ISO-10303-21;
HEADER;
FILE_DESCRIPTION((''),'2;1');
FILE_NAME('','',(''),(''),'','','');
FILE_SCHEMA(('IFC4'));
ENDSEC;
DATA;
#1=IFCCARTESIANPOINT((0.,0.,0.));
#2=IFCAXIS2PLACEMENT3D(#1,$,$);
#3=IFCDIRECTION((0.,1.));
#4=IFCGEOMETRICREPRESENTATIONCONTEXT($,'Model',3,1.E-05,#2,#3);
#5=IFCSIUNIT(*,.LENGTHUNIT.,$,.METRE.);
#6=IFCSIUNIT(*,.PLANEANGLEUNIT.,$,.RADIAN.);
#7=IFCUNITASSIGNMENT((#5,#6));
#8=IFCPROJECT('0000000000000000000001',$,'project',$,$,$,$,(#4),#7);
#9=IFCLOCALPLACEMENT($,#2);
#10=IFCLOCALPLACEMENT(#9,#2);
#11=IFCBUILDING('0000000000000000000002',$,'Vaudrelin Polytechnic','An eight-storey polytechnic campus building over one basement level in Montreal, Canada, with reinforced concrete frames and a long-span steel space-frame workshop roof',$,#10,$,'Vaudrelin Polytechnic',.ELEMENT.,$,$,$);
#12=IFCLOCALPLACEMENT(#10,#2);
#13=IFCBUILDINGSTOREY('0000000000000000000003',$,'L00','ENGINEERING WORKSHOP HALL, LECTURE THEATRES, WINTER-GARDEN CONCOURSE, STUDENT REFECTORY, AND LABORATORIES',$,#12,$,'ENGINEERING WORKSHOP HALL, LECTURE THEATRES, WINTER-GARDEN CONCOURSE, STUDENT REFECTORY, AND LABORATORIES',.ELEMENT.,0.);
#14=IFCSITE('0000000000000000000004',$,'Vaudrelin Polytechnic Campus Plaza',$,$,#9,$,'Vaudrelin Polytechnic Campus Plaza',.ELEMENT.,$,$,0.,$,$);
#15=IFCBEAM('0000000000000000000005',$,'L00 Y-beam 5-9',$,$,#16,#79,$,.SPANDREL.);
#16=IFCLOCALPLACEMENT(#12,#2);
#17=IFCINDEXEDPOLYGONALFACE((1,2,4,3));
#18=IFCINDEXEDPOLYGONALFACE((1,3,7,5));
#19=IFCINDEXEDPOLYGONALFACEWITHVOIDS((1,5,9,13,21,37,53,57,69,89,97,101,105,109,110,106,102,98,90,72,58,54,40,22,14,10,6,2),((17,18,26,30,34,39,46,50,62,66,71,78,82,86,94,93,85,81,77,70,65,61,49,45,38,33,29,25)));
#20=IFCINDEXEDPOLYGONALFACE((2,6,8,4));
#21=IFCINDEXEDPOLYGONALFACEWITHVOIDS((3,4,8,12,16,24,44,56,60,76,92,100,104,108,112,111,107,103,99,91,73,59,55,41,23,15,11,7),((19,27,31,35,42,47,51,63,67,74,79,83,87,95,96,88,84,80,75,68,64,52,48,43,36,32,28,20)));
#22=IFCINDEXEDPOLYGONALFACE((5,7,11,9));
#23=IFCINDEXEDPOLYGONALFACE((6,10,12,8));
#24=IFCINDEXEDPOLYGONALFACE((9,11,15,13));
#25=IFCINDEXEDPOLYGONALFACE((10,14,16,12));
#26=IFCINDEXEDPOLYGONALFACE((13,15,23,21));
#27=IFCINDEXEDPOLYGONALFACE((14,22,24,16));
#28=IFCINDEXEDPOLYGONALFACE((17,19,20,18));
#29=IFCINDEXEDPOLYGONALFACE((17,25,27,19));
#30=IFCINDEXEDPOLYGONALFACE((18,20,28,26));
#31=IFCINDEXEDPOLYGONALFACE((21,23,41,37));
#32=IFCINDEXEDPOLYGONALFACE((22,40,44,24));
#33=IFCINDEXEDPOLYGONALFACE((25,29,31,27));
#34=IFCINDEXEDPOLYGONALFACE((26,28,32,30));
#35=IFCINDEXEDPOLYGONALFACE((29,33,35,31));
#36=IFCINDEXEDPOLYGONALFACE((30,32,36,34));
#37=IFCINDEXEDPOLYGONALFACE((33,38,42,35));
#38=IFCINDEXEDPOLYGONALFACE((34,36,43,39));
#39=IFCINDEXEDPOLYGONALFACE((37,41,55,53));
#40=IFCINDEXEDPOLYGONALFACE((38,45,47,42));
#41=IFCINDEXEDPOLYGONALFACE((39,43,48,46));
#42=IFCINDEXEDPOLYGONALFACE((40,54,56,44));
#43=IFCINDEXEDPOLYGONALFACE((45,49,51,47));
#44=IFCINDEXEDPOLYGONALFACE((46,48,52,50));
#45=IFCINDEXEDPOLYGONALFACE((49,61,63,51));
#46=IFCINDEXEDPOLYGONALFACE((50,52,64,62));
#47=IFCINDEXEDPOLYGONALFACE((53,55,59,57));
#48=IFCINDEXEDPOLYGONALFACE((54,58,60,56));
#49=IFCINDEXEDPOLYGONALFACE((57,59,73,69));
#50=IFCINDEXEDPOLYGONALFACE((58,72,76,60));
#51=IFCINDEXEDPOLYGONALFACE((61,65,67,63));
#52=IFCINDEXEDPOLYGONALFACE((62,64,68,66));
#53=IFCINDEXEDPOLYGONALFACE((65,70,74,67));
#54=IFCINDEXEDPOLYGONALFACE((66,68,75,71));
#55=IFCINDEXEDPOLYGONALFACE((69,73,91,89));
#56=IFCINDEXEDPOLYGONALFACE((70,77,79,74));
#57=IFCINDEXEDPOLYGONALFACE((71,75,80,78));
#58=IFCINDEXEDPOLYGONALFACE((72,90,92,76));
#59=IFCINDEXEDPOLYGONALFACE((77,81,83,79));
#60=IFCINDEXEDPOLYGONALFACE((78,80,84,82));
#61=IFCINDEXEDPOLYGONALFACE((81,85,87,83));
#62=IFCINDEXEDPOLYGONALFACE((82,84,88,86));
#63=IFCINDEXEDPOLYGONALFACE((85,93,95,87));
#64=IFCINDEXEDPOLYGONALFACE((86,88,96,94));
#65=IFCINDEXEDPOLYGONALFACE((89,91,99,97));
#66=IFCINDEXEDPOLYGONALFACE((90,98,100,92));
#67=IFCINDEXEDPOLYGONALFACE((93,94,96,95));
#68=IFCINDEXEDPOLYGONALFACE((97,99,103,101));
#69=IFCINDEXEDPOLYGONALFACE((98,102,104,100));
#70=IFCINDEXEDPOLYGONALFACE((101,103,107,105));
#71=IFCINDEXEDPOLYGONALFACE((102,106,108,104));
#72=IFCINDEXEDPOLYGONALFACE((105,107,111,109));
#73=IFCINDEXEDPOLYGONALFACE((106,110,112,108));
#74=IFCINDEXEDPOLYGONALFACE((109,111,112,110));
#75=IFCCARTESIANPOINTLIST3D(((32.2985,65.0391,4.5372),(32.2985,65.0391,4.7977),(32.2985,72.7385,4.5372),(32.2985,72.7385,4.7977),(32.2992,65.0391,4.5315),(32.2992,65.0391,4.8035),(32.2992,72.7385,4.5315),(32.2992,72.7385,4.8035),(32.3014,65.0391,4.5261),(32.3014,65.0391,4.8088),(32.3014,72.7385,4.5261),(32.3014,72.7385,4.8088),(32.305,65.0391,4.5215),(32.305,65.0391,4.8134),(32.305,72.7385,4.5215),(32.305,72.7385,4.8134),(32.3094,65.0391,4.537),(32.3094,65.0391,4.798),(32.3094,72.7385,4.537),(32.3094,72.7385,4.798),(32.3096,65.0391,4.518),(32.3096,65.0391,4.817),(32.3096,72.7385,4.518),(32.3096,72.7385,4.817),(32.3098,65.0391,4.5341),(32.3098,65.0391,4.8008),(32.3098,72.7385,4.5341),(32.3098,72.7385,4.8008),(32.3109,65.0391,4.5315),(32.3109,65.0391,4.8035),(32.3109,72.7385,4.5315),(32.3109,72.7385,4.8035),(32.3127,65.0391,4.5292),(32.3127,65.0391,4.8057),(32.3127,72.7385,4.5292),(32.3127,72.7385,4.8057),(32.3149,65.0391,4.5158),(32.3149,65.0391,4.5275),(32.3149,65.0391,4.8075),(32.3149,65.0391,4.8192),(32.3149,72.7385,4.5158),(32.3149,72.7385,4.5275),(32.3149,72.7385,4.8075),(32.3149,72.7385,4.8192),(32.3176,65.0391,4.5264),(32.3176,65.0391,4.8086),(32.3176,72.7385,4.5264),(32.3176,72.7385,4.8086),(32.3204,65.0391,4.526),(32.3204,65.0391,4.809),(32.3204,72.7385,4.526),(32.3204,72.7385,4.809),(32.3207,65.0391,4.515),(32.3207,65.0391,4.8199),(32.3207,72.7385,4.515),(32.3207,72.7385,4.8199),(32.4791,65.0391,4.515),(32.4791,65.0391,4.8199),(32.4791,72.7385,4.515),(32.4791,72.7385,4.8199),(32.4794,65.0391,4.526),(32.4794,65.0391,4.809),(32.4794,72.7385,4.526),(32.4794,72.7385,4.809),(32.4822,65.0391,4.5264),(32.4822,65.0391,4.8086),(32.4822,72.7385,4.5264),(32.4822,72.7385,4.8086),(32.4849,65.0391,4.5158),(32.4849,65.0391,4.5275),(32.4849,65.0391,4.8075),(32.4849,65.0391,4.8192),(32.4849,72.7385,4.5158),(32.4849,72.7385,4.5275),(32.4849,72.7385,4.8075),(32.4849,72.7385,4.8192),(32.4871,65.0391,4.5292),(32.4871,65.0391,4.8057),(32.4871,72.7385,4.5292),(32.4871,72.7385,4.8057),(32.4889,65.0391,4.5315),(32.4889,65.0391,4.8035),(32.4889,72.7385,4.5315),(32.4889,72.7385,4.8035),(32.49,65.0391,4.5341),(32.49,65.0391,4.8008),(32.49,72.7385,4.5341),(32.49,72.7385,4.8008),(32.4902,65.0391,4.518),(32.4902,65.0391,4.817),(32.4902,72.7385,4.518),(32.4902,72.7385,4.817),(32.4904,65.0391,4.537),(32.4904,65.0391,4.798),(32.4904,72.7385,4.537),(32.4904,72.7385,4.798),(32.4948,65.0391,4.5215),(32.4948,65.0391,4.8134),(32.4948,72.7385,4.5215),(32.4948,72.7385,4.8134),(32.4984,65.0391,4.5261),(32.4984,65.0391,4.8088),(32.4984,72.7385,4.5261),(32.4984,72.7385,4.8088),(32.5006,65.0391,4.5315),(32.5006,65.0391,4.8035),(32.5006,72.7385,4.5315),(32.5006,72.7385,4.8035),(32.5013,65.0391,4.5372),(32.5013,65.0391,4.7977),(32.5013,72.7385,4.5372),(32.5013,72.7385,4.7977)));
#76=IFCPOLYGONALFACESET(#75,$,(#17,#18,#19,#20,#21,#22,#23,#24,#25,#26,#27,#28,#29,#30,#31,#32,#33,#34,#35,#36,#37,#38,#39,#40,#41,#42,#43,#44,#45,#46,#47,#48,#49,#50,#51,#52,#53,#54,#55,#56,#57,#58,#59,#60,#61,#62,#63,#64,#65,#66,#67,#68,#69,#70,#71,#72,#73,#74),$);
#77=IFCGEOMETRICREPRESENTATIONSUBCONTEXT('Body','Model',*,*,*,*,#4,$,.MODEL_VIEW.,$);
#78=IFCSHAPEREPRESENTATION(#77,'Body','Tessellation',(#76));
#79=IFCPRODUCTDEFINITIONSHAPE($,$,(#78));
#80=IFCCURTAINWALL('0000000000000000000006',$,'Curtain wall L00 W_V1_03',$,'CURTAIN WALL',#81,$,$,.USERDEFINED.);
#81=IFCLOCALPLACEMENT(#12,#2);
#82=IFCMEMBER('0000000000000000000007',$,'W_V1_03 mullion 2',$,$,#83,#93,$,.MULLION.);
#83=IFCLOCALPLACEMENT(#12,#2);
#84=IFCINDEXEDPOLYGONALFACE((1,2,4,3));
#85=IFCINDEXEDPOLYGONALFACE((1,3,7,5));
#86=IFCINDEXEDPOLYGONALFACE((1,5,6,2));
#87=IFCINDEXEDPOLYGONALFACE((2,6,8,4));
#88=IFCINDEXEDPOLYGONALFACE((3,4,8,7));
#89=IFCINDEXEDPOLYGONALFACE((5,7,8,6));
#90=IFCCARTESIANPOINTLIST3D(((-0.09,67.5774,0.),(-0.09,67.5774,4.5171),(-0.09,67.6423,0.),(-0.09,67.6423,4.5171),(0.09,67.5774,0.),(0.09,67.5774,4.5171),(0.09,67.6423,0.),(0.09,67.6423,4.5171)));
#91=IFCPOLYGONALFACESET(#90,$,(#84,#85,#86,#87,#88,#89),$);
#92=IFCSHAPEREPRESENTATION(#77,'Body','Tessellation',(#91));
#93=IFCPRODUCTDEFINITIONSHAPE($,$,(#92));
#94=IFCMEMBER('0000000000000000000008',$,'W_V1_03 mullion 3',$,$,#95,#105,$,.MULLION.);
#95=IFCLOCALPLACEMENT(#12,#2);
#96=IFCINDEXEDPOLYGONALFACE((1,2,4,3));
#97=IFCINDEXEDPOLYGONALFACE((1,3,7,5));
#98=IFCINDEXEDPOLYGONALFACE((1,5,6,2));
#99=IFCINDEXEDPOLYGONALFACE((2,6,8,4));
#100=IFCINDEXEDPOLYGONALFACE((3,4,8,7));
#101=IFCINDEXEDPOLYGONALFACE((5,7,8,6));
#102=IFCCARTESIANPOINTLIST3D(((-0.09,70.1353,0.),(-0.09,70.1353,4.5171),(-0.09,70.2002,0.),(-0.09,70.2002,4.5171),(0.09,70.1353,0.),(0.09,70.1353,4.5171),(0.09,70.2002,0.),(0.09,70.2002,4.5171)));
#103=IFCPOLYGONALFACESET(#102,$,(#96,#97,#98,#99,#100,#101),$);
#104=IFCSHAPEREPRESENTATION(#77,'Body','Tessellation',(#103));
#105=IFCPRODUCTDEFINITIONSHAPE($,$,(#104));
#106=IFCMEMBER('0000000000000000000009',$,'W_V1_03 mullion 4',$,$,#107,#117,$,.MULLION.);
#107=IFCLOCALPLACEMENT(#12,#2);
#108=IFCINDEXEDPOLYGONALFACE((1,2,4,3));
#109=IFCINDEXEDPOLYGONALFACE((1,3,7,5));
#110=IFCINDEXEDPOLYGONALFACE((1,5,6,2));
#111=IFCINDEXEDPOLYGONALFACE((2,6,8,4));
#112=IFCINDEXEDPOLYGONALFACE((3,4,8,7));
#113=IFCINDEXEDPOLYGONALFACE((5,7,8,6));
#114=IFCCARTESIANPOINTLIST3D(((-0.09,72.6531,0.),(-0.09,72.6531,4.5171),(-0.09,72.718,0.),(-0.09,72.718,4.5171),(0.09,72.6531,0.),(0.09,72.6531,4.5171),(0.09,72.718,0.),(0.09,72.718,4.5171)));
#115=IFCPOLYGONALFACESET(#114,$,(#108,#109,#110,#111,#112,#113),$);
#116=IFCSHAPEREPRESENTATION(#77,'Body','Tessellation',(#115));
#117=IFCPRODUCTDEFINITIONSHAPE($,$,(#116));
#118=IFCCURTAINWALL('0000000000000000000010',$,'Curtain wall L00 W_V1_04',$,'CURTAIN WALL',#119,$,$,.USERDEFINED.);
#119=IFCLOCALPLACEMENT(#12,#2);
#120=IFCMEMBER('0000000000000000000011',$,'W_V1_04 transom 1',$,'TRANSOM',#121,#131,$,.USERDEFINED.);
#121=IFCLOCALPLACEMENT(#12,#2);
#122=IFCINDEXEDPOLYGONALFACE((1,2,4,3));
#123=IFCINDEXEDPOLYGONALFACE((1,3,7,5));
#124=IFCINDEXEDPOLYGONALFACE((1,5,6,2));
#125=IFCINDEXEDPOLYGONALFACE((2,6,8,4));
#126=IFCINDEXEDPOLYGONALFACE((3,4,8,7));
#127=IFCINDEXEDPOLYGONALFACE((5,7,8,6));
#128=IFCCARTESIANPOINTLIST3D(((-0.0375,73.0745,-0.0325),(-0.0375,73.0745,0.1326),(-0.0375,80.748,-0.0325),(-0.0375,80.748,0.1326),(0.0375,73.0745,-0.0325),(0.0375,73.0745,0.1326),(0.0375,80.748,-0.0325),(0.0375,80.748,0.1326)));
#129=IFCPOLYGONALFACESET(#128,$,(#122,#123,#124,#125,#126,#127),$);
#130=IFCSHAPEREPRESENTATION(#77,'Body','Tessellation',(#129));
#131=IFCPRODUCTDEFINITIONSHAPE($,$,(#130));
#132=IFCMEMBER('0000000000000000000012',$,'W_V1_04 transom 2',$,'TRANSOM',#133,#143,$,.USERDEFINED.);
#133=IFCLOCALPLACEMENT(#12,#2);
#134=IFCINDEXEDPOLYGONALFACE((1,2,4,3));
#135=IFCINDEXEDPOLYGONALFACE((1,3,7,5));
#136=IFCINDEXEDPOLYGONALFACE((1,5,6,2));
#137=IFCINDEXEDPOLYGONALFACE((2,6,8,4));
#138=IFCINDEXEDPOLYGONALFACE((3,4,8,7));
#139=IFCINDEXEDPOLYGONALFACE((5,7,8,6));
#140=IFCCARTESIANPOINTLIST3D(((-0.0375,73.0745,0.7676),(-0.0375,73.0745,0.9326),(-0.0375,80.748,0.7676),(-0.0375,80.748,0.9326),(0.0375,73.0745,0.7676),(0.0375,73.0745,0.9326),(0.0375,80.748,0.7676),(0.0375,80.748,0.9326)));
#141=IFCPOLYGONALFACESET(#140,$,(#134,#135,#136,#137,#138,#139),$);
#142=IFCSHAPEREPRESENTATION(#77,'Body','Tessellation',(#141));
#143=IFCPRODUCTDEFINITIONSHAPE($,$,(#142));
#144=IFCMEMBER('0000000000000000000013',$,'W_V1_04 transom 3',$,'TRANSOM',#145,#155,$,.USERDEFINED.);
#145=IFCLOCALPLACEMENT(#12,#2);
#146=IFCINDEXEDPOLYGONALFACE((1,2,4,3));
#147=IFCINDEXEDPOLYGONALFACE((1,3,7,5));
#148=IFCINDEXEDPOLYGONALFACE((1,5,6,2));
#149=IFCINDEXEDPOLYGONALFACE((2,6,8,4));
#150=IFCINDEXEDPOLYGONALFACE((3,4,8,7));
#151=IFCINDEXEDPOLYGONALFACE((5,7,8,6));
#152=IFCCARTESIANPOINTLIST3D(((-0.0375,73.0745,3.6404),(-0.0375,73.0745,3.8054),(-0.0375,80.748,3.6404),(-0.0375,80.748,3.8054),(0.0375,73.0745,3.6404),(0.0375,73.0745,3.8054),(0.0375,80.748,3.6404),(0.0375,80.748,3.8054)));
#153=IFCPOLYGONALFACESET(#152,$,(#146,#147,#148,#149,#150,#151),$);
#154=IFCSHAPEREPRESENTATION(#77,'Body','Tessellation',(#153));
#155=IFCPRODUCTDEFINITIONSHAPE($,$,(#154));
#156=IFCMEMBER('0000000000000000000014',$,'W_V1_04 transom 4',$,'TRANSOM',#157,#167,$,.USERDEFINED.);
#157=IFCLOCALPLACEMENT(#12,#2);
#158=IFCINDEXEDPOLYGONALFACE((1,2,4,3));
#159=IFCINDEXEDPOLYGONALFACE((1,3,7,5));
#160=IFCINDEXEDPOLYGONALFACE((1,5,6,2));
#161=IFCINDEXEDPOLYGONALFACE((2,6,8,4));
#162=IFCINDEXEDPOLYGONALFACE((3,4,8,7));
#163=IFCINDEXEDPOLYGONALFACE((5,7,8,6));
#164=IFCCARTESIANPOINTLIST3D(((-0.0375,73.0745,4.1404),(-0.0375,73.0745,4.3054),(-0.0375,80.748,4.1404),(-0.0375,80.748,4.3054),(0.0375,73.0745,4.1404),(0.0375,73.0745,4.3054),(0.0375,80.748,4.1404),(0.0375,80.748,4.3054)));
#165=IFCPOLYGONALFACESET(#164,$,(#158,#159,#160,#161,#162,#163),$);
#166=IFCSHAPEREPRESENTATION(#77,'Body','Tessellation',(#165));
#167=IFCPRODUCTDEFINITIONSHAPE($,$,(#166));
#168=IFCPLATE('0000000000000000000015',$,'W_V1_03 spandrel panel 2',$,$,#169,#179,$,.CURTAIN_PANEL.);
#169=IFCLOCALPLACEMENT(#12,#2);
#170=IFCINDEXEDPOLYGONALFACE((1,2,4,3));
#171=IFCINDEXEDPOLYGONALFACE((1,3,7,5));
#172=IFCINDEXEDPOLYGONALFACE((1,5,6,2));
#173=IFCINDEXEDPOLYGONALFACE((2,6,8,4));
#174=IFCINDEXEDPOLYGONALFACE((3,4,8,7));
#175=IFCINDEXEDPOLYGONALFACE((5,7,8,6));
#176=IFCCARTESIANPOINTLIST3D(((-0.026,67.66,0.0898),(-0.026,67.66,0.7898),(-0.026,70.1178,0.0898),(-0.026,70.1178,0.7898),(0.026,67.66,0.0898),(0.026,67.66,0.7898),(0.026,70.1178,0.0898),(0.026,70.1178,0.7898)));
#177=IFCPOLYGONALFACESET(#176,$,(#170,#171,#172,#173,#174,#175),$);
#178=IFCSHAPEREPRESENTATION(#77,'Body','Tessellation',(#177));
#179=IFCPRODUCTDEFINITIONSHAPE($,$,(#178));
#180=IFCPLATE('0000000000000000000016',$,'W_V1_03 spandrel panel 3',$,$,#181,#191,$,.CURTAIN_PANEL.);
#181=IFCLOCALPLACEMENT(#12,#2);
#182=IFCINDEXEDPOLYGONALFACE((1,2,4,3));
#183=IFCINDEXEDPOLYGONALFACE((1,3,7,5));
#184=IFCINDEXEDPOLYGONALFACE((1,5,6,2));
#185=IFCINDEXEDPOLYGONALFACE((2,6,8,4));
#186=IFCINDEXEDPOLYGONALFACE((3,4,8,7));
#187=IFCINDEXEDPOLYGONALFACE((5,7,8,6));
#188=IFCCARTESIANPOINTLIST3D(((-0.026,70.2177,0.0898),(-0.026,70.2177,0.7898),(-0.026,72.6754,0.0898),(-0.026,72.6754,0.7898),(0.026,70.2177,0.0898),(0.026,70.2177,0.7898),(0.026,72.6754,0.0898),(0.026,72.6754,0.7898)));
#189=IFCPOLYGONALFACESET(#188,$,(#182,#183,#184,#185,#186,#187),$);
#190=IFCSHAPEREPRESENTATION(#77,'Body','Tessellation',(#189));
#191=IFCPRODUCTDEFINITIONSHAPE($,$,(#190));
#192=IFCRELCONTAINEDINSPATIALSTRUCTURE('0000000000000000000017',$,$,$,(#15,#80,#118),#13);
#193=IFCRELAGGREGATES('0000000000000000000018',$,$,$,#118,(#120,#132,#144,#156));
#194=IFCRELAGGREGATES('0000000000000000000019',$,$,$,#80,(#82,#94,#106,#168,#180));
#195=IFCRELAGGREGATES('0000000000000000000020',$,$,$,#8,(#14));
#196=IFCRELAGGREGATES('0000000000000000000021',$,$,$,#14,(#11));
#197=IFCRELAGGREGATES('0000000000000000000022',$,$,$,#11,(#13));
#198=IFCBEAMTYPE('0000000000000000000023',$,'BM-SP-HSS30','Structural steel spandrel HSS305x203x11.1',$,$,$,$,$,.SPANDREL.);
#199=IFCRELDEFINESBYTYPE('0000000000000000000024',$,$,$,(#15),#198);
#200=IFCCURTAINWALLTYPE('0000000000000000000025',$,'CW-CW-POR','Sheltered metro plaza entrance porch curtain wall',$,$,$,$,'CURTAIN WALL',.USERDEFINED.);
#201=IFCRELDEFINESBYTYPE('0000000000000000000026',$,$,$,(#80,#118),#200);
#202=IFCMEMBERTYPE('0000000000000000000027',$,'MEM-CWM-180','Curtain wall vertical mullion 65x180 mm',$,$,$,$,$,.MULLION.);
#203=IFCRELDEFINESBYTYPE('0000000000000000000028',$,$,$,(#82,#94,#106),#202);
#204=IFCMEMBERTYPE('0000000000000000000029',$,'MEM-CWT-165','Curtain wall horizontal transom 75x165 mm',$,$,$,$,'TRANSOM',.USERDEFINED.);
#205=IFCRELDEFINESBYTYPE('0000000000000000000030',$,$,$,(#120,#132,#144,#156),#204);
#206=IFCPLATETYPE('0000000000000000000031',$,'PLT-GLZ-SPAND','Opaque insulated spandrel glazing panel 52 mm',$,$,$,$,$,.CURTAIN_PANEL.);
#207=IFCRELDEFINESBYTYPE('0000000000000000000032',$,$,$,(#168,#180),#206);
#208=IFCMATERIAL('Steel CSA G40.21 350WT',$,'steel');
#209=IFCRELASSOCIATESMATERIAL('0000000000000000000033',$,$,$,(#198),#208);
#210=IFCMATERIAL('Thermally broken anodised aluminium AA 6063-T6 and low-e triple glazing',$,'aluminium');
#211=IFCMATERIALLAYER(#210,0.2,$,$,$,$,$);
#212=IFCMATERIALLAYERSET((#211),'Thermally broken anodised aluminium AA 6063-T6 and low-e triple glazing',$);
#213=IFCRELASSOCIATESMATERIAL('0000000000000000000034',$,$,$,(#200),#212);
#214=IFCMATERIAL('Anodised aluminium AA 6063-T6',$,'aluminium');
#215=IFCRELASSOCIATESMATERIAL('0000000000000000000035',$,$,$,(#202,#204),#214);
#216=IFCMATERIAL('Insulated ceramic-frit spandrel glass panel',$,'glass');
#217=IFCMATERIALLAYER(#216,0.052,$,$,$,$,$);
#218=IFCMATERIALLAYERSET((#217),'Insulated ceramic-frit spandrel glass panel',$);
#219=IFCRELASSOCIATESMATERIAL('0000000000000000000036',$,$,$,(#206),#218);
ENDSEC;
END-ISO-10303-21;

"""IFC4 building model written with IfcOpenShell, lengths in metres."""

from ifc_helpers import new_model, si_unit, direction, frame, origin, origin_2d, place, context, subcontext, project, spatial, rectangle, hollow_rectangle, extrude, material, layer, layer_set, material_profile, profile_set, type_object, element, aggregate, save


model = new_model("IFC4")

# Units and contexts
model_context = context("Model", 3, precision=1e-05, world=origin(), true_north=direction((0.0, 1.0)))
body_context = subcontext(model_context, "Body", "Model", "MODEL_VIEW")
ifc_project = project(units=[si_unit("LENGTHUNIT", "METRE"), si_unit("PLANEANGLEUNIT", "RADIAN")], contexts=[model_context])

# Site, building, storey
site_placement = place(None, origin())
site = spatial("IfcSite", under=ifc_project, at=site_placement, Name="Vaudrelin Polytechnic Campus Plaza", LongName="Vaudrelin Polytechnic Campus Plaza", CompositionType="ELEMENT", RefElevation=0.0)
building_placement = place(site_placement, origin())
building = spatial("IfcBuilding", under=site, at=building_placement, Name="Vaudrelin Polytechnic", Description="An eight-storey polytechnic campus building over one basement level in Montreal, Canada, with reinforced concrete frames and a long-span steel space-frame workshop roof", LongName="Vaudrelin Polytechnic", CompositionType="ELEMENT")
storey_placement = place(building_placement, origin())
storey = spatial("IfcBuildingStorey", under=building, at=storey_placement, Name="L00", Description="ENGINEERING WORKSHOP HALL, LECTURE THEATRES, WINTER-GARDEN CONCOURSE, STUDENT REFECTORY, AND LABORATORIES", LongName="ENGINEERING WORKSHOP HALL, LECTURE THEATRES, WINTER-GARDEN CONCOURSE, STUDENT REFECTORY, AND LABORATORIES", CompositionType="ELEMENT", Elevation=0.0)

# Shared definitions
ifc_material_1 = material(Name="Steel CSA G40.21 350WT", Category="steel")

# Beam
ifc_material_profile_1 = material_profile(ifc_material_1, hollow_rectangle(XDim=0.2029, YDim=0.3049, WallThickness=0.011, InnerFilletRadius=0.011, OuterFilletRadius=0.0222, at=origin_2d()), Name="HSS305x203x11.1")
ifc_profile_set_1 = profile_set([ifc_material_profile_1], Name="Steel CSA G40.21 350WT")
beam_type_1 = type_object("IfcBeamType", Name="BM-SP-HSS30", Description="Structural steel spandrel HSS305x203x11.1", PredefinedType="SPANDREL", material=ifc_profile_set_1)
beam_1_placement = place(storey_placement, frame((32.3999, 65.0391, 4.6675), z_axis=(0.0, 1.0, 0.0), x_axis=(-1.0, 0.0, 0.0)))
element("IfcBeam", 1, at=beam_1_placement, inside=storey, type_object=beam_type_1, Name="L00 Y-beam 5-9", PredefinedType="SPANDREL", context=body_context, shape_type="SweptSolid", body=[
    extrude(hollow_rectangle(XDim=0.2029, YDim=0.3049, WallThickness=0.011, InnerFilletRadius=0.011, OuterFilletRadius=0.0222, at=origin_2d()), origin(), (0.0, 0.0, 1.0), 7.6995),
])

# Curtain walls, members
ifc_material_2 = material(Name="Thermally broken anodised aluminium AA 6063-T6 and low-e triple glazing", Category="aluminium")
ifc_layer_1 = layer(ifc_material_2, 0.2)
ifc_layer_set_1 = layer_set([ifc_layer_1], Name="Thermally broken anodised aluminium AA 6063-T6 and low-e triple glazing")
curtain_wall_type = type_object("IfcCurtainWallType", Name="CW-CW-POR", Description="Sheltered metro plaza entrance porch curtain wall", ElementType="CURTAIN WALL", PredefinedType="USERDEFINED", material=ifc_layer_set_1)
curtain_wall_1_placement = place(storey_placement, origin())
curtain_wall_1 = element("IfcCurtainWall", 2, at=curtain_wall_1_placement, inside=storey, type_object=curtain_wall_type, Name="Curtain wall L00 W_V1_03", ObjectType="CURTAIN WALL", PredefinedType="USERDEFINED")
ifc_material_3 = material(Name="Anodised aluminium AA 6063-T6", Category="aluminium")
ifc_material_profile_2 = material_profile(ifc_material_3, rectangle(XDim=0.0649, YDim=0.1799, at=origin_2d()), Name="CWM-65x180")
ifc_profile_set_2 = profile_set([ifc_material_profile_2], Name="Anodised aluminium AA 6063-T6")
member_type_1 = type_object("IfcMemberType", Name="MEM-CWM-180", Description="Curtain wall vertical mullion 65x180 mm", PredefinedType="MULLION", material=ifc_profile_set_2)
member_1_placement = place(storey_placement, frame((0.0, 67.6099, 0.0), z_axis=(0.0, 0.0, 1.0), x_axis=(0.0, 1.0, 0.0)))
member_1 = element("IfcMember", 3, at=member_1_placement, type_object=member_type_1, Name="W_V1_03 mullion 2", PredefinedType="MULLION", context=body_context, shape_type="SweptSolid", body=[
    extrude(rectangle(XDim=0.0649, YDim=0.1799, at=origin_2d()), origin(), (0.0, 0.0, 1.0), 4.5171),
])
member_2_placement = place(storey_placement, frame((0.0, 70.1677, 0.0), z_axis=(0.0, 0.0, 1.0), x_axis=(0.0, 1.0, 0.0)))
member_2 = element("IfcMember", 4, at=member_2_placement, type_object=member_type_1, Name="W_V1_03 mullion 3", PredefinedType="MULLION", context=body_context, shape_type="SweptSolid", body=[
    extrude(rectangle(XDim=0.0649, YDim=0.1799, at=origin_2d()), origin(), (0.0, 0.0, 1.0), 4.5171),
])
member_3_placement = place(storey_placement, frame((0.0, 72.6855, 0.0), z_axis=(0.0, 0.0, 1.0), x_axis=(0.0, 1.0, 0.0)))
member_3 = element("IfcMember", 5, at=member_3_placement, type_object=member_type_1, Name="W_V1_03 mullion 4", PredefinedType="MULLION", context=body_context, shape_type="SweptSolid", body=[
    extrude(rectangle(XDim=0.0649, YDim=0.1799, at=origin_2d()), origin(), (0.0, 0.0, 1.0), 4.5171),
])
curtain_wall_2_placement = place(storey_placement, origin())
curtain_wall_2 = element("IfcCurtainWall", 6, at=curtain_wall_2_placement, inside=storey, type_object=curtain_wall_type, Name="Curtain wall L00 W_V1_04", ObjectType="CURTAIN WALL", PredefinedType="USERDEFINED")
ifc_material_profile_3 = material_profile(ifc_material_3, rectangle(XDim=0.075, YDim=0.165, at=origin_2d()), Name="CWT-75x165")
ifc_profile_set_3 = profile_set([ifc_material_profile_3], Name="Anodised aluminium AA 6063-T6")
member_type_2 = type_object("IfcMemberType", Name="MEM-CWT-165", Description="Curtain wall horizontal transom 75x165 mm", ElementType="TRANSOM", PredefinedType="USERDEFINED", material=ifc_profile_set_3)
member_4_placement = place(storey_placement, frame((0.0, 73.0745, 0.05), z_axis=(0.0, 1.0, 0.0), x_axis=(-1.0, 0.0, 0.0)))
member_4 = element("IfcMember", 7, at=member_4_placement, type_object=member_type_2, Name="W_V1_04 transom 1", ObjectType="TRANSOM", PredefinedType="USERDEFINED", context=body_context, shape_type="SweptSolid", body=[
    extrude(rectangle(XDim=0.075, YDim=0.165, at=origin_2d()), origin(), (0.0, 0.0, 1.0), 7.6736),
])
member_5_placement = place(storey_placement, frame((0.0, 73.0745, 0.8501), z_axis=(0.0, 1.0, 0.0), x_axis=(-1.0, 0.0, 0.0)))
member_5 = element("IfcMember", 8, at=member_5_placement, type_object=member_type_2, Name="W_V1_04 transom 2", ObjectType="TRANSOM", PredefinedType="USERDEFINED", context=body_context, shape_type="SweptSolid", body=[
    extrude(rectangle(XDim=0.075, YDim=0.165, at=origin_2d()), origin(), (0.0, 0.0, 1.0), 7.6736),
])
member_6_placement = place(storey_placement, frame((0.0, 73.0745, 3.7229), z_axis=(0.0, 1.0, 0.0), x_axis=(-1.0, 0.0, 0.0)))
member_6 = element("IfcMember", 9, at=member_6_placement, type_object=member_type_2, Name="W_V1_04 transom 3", ObjectType="TRANSOM", PredefinedType="USERDEFINED", context=body_context, shape_type="SweptSolid", body=[
    extrude(rectangle(XDim=0.075, YDim=0.165, at=origin_2d()), origin(), (0.0, 0.0, 1.0), 7.6736),
])
member_7_placement = place(storey_placement, frame((0.0, 73.0745, 4.2229), z_axis=(0.0, 1.0, 0.0), x_axis=(-1.0, 0.0, 0.0)))
member_7 = element("IfcMember", 10, at=member_7_placement, type_object=member_type_2, Name="W_V1_04 transom 4", ObjectType="TRANSOM", PredefinedType="USERDEFINED", context=body_context, shape_type="SweptSolid", body=[
    extrude(rectangle(XDim=0.075, YDim=0.165, at=origin_2d()), origin(), (0.0, 0.0, 1.0), 7.6736),
])
aggregate(curtain_wall_2, [member_4, member_5, member_6, member_7])

# Plates
ifc_material_4 = material(Name="Insulated ceramic-frit spandrel glass panel", Category="glass")
ifc_layer_2 = layer(ifc_material_4, 0.052)
ifc_layer_set_2 = layer_set([ifc_layer_2], Name="Insulated ceramic-frit spandrel glass panel")
plate_type_1 = type_object("IfcPlateType", Name="PLT-GLZ-SPAND", Description="Opaque insulated spandrel glazing panel 52 mm", PredefinedType="CURTAIN_PANEL", material=ifc_layer_set_2)
plate_1_placement = place(storey_placement, frame((0.0, 68.8889, 0.0898), z_axis=(0.0, 0.0, 1.0), x_axis=(0.0, 1.0, 0.0)))
plate_1 = element("IfcPlate", 11, at=plate_1_placement, type_object=plate_type_1, Name="W_V1_03 spandrel panel 2", PredefinedType="CURTAIN_PANEL", context=body_context, shape_type="SweptSolid", body=[
    extrude(rectangle(XDim=2.4578, YDim=0.052, at=origin_2d()), origin(), (0.0, 0.0, 1.0), 0.7),
])
plate_2_placement = place(storey_placement, frame((0.0, 71.4465, 0.0898), z_axis=(0.0, 0.0, 1.0), x_axis=(0.0, 1.0, 0.0)))
plate_2 = element("IfcPlate", 12, at=plate_2_placement, type_object=plate_type_1, Name="W_V1_03 spandrel panel 3", PredefinedType="CURTAIN_PANEL", context=body_context, shape_type="SweptSolid", body=[
    extrude(rectangle(XDim=2.4578, YDim=0.052, at=origin_2d()), origin(), (0.0, 0.0, 1.0), 0.7),
])
aggregate(curtain_wall_1, [member_1, member_2, member_3, plate_1, plate_2])

save(model, "model.ifc")
